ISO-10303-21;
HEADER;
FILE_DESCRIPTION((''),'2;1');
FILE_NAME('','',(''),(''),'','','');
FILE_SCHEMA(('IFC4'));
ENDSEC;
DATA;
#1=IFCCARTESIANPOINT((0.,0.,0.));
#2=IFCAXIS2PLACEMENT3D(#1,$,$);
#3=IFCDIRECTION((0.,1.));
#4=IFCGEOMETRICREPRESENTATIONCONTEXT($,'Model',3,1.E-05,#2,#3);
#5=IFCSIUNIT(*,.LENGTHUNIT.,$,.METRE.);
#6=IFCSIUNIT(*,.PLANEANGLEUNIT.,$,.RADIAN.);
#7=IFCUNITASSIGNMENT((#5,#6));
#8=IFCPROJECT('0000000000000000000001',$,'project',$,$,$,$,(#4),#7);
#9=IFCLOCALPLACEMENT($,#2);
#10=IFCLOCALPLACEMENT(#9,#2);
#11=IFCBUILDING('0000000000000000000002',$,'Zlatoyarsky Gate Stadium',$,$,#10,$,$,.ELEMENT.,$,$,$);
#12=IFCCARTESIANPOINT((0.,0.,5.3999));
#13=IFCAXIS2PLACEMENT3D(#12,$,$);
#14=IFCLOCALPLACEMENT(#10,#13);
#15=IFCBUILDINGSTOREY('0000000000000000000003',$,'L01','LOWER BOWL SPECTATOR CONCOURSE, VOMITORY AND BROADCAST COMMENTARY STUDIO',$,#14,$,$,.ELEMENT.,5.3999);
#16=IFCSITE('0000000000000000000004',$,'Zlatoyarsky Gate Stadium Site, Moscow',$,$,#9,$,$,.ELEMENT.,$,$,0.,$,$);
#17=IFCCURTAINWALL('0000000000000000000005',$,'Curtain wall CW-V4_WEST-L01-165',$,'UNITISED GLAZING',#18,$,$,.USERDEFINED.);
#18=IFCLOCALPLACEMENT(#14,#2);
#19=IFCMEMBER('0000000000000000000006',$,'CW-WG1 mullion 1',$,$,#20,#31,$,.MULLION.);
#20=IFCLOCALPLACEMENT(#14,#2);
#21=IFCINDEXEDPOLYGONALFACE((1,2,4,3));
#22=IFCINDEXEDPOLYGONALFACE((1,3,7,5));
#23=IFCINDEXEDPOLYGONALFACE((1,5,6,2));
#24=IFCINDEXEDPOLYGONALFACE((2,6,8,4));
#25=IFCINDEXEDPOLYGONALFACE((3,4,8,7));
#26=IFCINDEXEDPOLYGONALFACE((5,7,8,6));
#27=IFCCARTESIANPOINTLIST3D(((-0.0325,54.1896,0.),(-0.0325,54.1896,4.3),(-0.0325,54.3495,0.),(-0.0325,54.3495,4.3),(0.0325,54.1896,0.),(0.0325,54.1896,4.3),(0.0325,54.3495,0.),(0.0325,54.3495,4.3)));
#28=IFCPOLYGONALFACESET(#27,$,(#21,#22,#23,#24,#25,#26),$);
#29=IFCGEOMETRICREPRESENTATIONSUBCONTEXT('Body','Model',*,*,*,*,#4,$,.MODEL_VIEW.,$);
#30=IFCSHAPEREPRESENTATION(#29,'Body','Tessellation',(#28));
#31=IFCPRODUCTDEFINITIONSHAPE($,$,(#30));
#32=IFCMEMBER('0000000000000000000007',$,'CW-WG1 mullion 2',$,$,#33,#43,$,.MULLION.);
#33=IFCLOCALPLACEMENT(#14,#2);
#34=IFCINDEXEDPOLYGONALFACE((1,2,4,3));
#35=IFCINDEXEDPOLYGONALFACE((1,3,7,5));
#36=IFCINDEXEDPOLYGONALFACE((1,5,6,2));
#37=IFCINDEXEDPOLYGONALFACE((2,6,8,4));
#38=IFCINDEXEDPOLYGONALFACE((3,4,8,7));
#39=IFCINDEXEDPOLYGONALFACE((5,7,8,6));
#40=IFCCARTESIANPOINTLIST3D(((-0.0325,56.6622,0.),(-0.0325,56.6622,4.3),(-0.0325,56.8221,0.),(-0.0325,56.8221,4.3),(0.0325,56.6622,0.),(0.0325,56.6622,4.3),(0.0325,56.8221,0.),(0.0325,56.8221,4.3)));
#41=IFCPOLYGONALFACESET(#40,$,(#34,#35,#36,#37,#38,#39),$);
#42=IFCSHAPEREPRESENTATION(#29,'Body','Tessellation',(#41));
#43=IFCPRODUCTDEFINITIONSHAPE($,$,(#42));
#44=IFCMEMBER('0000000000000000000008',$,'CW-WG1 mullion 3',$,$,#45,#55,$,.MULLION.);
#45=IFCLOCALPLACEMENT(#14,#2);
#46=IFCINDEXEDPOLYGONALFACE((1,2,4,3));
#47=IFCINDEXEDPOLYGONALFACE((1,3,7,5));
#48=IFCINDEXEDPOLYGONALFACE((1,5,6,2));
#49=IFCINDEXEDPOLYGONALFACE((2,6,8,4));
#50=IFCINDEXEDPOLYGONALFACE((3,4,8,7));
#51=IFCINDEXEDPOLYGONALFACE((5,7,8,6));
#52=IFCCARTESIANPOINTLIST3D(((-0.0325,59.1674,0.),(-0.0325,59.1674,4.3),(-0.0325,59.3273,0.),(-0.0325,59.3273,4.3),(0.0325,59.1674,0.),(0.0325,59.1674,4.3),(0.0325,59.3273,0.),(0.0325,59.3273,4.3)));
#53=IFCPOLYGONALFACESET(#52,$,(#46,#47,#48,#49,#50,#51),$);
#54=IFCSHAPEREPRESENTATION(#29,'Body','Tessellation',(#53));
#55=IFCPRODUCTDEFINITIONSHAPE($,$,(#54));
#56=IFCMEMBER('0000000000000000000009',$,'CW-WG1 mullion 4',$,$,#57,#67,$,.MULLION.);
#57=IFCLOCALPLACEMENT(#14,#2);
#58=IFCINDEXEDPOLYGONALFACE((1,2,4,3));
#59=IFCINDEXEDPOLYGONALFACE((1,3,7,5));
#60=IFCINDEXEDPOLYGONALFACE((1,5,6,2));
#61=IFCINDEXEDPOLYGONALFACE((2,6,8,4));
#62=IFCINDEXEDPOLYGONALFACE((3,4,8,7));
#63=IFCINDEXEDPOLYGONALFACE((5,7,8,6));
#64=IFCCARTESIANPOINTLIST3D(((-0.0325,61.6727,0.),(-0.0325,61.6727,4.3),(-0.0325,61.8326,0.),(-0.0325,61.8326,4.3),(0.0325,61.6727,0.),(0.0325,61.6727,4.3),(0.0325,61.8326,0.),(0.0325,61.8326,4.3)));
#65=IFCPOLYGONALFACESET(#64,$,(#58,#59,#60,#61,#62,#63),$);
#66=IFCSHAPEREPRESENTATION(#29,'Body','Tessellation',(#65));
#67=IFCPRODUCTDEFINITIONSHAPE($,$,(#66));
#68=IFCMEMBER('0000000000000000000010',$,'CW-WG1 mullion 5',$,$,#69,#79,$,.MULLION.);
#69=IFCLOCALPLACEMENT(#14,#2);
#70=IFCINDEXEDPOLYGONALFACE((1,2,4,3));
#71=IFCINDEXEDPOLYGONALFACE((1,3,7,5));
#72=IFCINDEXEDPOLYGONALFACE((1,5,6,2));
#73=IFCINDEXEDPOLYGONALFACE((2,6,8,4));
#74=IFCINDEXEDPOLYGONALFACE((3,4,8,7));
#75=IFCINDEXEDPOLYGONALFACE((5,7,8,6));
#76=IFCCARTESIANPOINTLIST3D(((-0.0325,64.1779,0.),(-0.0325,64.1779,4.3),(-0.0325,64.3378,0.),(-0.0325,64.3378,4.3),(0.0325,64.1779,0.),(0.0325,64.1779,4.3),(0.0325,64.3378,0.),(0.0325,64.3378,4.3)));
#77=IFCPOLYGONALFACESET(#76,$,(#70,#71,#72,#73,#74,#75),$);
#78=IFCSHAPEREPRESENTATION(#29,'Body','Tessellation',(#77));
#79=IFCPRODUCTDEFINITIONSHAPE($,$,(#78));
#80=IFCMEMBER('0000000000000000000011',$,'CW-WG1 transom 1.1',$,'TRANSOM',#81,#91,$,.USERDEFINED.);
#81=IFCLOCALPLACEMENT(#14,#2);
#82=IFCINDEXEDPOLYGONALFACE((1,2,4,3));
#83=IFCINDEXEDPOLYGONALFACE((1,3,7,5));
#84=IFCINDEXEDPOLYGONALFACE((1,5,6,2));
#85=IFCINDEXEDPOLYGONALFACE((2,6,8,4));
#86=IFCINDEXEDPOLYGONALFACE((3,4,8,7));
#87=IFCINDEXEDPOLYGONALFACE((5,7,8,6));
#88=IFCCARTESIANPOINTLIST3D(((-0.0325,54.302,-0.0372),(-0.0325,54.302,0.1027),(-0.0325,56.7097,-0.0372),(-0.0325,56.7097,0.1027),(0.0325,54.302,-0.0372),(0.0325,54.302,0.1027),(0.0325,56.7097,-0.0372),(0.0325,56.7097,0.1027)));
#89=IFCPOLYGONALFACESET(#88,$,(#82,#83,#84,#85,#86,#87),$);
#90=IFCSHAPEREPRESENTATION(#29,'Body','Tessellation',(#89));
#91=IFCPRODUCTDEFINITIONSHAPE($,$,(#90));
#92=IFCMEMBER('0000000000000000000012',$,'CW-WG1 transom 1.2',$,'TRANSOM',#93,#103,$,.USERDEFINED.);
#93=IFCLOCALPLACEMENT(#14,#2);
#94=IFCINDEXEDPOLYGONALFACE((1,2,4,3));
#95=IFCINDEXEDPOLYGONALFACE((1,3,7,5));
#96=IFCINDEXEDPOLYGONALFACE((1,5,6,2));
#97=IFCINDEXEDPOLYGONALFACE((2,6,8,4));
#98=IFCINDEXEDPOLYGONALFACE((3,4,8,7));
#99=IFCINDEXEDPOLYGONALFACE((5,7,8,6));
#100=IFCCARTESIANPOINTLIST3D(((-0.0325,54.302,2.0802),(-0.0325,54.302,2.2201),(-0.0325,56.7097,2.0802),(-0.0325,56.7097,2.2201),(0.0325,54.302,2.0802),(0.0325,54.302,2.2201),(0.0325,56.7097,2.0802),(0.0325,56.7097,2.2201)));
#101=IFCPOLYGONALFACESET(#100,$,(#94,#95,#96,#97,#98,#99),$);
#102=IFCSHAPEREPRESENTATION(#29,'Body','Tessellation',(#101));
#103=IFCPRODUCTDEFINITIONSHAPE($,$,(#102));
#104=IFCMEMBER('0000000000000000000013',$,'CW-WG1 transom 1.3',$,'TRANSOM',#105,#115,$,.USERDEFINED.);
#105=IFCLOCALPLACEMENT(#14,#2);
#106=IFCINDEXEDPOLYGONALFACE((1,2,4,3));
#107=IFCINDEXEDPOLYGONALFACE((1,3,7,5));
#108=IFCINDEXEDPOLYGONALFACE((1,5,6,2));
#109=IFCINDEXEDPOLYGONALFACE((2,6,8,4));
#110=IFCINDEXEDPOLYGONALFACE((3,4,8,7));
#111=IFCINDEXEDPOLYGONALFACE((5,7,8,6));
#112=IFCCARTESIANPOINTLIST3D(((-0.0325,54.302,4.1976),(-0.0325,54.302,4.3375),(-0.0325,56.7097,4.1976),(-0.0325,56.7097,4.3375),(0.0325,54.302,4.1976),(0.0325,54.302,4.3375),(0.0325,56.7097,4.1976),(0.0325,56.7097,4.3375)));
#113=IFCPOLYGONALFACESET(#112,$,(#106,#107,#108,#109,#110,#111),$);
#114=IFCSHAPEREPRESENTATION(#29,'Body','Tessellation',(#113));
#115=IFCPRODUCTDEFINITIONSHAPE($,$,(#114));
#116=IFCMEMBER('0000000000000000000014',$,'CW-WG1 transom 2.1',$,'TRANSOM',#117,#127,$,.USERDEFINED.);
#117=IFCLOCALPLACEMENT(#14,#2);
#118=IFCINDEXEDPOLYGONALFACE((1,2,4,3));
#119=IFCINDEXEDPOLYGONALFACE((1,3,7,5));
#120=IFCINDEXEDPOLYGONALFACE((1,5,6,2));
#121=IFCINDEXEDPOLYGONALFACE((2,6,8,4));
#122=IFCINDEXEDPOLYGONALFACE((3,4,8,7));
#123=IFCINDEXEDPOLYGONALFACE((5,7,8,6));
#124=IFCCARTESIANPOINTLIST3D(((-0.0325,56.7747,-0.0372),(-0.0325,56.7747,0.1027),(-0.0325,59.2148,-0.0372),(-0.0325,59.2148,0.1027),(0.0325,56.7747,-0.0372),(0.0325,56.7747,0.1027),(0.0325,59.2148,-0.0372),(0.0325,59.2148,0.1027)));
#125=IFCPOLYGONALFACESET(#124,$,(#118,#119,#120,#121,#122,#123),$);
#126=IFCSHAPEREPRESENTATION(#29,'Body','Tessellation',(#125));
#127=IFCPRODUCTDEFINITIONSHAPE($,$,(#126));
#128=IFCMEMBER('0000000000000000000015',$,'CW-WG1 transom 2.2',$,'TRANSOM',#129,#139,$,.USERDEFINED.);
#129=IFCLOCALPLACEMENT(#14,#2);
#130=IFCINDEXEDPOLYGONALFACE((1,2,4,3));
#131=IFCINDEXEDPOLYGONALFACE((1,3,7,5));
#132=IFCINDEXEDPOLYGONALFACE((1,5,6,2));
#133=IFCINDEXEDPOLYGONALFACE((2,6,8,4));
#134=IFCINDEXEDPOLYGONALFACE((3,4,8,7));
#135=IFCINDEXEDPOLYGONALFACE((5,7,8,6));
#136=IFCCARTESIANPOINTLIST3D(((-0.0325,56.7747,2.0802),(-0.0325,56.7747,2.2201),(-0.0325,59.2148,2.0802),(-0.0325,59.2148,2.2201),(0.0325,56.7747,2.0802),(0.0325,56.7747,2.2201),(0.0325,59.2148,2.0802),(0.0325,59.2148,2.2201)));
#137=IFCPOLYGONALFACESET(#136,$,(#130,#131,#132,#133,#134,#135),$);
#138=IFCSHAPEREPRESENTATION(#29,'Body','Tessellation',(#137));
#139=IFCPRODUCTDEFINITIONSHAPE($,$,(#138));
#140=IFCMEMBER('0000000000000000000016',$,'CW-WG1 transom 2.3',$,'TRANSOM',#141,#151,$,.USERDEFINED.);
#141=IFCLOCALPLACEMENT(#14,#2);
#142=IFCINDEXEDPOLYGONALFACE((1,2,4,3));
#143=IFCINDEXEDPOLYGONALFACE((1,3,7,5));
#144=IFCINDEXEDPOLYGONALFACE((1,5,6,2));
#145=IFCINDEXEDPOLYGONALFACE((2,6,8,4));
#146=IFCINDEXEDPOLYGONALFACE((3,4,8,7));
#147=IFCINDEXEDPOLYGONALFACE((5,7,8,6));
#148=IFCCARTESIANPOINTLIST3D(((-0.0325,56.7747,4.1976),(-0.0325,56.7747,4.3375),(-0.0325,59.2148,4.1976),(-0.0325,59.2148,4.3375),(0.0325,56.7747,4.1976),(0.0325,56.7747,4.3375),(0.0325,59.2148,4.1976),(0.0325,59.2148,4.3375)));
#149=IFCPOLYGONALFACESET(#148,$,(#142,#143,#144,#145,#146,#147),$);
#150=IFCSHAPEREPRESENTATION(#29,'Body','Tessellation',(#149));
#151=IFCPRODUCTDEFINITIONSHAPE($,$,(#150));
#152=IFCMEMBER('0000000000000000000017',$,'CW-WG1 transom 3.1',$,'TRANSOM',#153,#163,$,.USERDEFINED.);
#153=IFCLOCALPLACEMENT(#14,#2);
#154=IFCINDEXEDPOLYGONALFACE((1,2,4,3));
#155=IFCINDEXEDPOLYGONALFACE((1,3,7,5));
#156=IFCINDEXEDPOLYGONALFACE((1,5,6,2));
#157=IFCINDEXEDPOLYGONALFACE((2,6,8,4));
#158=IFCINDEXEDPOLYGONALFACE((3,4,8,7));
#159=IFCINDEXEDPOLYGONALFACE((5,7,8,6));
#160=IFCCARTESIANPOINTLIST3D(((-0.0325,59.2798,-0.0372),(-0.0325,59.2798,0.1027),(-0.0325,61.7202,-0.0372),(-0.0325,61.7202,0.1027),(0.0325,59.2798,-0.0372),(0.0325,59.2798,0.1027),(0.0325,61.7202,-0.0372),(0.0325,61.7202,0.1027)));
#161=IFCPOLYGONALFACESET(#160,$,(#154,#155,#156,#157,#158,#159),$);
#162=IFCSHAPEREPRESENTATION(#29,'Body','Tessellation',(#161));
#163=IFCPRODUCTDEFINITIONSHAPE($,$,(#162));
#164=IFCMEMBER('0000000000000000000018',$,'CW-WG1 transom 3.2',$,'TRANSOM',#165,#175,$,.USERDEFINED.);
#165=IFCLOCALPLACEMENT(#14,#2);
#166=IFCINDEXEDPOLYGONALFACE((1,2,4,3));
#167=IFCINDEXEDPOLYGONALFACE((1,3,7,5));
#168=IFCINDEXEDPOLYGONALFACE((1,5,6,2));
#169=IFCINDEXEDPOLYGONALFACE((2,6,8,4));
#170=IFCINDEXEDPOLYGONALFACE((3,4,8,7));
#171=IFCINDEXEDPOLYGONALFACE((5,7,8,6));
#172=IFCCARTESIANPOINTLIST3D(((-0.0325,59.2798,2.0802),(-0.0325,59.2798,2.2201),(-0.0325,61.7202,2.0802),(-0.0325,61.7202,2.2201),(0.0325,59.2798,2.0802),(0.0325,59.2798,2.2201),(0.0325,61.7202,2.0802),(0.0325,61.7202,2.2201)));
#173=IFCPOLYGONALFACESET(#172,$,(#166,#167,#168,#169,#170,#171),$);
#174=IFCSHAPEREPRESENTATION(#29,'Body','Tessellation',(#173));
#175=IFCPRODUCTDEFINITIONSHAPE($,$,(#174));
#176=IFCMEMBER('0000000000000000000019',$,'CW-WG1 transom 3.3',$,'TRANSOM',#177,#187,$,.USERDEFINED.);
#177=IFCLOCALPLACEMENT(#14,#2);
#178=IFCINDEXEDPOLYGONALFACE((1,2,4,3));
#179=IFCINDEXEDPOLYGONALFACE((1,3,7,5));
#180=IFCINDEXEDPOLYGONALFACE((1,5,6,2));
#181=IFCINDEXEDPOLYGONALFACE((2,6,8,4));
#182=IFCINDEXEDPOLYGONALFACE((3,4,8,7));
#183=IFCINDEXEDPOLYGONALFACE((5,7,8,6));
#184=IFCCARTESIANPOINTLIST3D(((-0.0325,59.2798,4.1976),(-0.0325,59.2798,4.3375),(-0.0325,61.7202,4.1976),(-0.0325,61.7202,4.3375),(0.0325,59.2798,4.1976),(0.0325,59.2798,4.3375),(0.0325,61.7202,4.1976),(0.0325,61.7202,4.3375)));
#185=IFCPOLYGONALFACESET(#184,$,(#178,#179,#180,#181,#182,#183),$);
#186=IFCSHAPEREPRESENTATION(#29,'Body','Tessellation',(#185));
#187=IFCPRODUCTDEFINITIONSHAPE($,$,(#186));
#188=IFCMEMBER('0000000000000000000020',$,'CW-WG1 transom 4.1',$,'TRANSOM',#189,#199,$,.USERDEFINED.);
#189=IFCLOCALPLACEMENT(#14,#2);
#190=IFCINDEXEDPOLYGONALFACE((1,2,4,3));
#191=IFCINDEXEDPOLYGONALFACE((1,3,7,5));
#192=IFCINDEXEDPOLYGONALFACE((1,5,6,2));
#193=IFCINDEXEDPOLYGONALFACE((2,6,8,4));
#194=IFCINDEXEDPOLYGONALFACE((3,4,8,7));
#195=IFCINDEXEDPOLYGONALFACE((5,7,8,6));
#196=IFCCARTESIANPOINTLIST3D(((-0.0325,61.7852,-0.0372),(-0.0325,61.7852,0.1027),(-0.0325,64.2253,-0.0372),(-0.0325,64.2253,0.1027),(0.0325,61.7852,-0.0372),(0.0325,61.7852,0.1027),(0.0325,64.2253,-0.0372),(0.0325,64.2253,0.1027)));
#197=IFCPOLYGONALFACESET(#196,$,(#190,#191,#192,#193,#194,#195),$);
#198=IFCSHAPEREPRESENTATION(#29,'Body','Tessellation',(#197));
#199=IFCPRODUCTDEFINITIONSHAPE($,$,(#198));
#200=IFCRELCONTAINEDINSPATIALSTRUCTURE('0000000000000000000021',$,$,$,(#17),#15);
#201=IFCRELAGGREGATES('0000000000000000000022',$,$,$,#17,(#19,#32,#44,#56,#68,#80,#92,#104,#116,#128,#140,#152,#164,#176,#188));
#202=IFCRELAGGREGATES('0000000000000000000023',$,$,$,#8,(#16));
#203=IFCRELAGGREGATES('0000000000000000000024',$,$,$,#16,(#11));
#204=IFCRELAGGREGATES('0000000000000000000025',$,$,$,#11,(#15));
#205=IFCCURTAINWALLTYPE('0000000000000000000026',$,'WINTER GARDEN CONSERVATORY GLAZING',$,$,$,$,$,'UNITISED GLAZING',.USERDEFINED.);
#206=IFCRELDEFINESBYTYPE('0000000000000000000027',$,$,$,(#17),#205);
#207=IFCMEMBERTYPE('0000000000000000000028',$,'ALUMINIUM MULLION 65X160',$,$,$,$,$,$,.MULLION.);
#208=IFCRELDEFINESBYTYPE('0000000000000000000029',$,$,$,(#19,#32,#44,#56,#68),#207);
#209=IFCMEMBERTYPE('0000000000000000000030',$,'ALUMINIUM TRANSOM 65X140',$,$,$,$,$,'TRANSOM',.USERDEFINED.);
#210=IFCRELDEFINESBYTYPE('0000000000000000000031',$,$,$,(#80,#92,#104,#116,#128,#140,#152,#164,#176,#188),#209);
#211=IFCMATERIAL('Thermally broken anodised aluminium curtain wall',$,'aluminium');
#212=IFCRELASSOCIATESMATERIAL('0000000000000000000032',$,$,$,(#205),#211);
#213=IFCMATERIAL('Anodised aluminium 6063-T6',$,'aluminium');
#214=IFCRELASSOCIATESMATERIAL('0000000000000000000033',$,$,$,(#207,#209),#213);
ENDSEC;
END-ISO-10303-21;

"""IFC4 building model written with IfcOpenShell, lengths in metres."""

from ifc_helpers import new_model, si_unit, direction, frame, origin, origin_2d, place, context, subcontext, project, spatial, rectangle, extrude, material, material_profile, profile_set, type_object, element, aggregate, save


model = new_model("IFC4")

# Units and contexts
model_context = context("Model", 3, precision=1e-05, world=origin(), true_north=direction((0.0, 1.0)))
body_context = subcontext(model_context, "Body", "Model", "MODEL_VIEW")
ifc_project = project(units=[si_unit("LENGTHUNIT", "METRE"), si_unit("PLANEANGLEUNIT", "RADIAN")], contexts=[model_context])

# Site, building, storey
site_placement = place(None, origin())
site = spatial("IfcSite", under=ifc_project, at=site_placement, Name="Zlatoyarsky Gate Stadium Site, Moscow", CompositionType="ELEMENT", RefElevation=0.0)
building_placement = place(site_placement, origin())
building = spatial("IfcBuilding", under=site, at=building_placement, Name="Zlatoyarsky Gate Stadium", CompositionType="ELEMENT")
storey_placement = place(building_placement, frame((0.0, 0.0, 5.3999)))
storey = spatial("IfcBuildingStorey", under=building, at=storey_placement, Name="L01", Description="LOWER BOWL SPECTATOR CONCOURSE, VOMITORY AND BROADCAST COMMENTARY STUDIO", CompositionType="ELEMENT", Elevation=5.3999)

# Curtain wall, members
ifc_material_1 = material(Name="Thermally broken anodised aluminium curtain wall", Category="aluminium")
curtain_wall_type = type_object("IfcCurtainWallType", Name="WINTER GARDEN CONSERVATORY GLAZING", ElementType="UNITISED GLAZING", PredefinedType="USERDEFINED", material=ifc_material_1)
curtain_wall_placement = place(storey_placement, origin())
curtain_wall = element("IfcCurtainWall", 1, at=curtain_wall_placement, inside=storey, type_object=curtain_wall_type, Name="Curtain wall CW-V4_WEST-L01-165", ObjectType="UNITISED GLAZING", PredefinedType="USERDEFINED")
ifc_material_2 = material(Name="Anodised aluminium 6063-T6", Category="aluminium")
ifc_material_profile_1 = material_profile(ifc_material_2, rectangle(XDim=0.0649, YDim=0.1599, at=origin_2d()), Name="ALU 65X160")
ifc_profile_set_1 = profile_set([ifc_material_profile_1], Name="Anodised aluminium 6063-T6")
member_type_1 = type_object("IfcMemberType", Name="ALUMINIUM MULLION 65X160", PredefinedType="MULLION", material=ifc_profile_set_1)
member_1_placement = place(storey_placement, frame((0.0, 54.2695, 0.0), z_axis=(0.0, 0.0, 1.0), x_axis=(-1.0, 0.0, 0.0)))
member_1 = element("IfcMember", 2, at=member_1_placement, type_object=member_type_1, Name="CW-WG1 mullion 1", PredefinedType="MULLION", context=body_context, shape_type="SweptSolid", body=[
    extrude(rectangle(XDim=0.0649, YDim=0.1599, at=origin_2d()), origin(), (0.0, 0.0, 1.0), 4.3),
])
member_2_placement = place(storey_placement, frame((0.0, 56.7422, 0.0), z_axis=(0.0, 0.0, 1.0), x_axis=(-1.0, 0.0, 0.0)))
member_2 = element("IfcMember", 3, at=member_2_placement, type_object=member_type_1, Name="CW-WG1 mullion 2", PredefinedType="MULLION", context=body_context, shape_type="SweptSolid", body=[
    extrude(rectangle(XDim=0.0649, YDim=0.1599, at=origin_2d()), origin(), (0.0, 0.0, 1.0), 4.3),
])
member_3_placement = place(storey_placement, frame((0.0, 59.2473, 0.0), z_axis=(0.0, 0.0, 1.0), x_axis=(-1.0, 0.0, 0.0)))
member_3 = element("IfcMember", 4, at=member_3_placement, type_object=member_type_1, Name="CW-WG1 mullion 3", PredefinedType="MULLION", context=body_context, shape_type="SweptSolid", body=[
    extrude(rectangle(XDim=0.0649, YDim=0.1599, at=origin_2d()), origin(), (0.0, 0.0, 1.0), 4.3),
])
member_4_placement = place(storey_placement, frame((0.0, 61.7527, 0.0), z_axis=(0.0, 0.0, 1.0), x_axis=(-1.0, 0.0, 0.0)))
member_4 = element("IfcMember", 5, at=member_4_placement, type_object=member_type_1, Name="CW-WG1 mullion 4", PredefinedType="MULLION", context=body_context, shape_type="SweptSolid", body=[
    extrude(rectangle(XDim=0.0649, YDim=0.1599, at=origin_2d()), origin(), (0.0, 0.0, 1.0), 4.3),
])
member_5_placement = place(storey_placement, frame((0.0, 64.2578, 0.0), z_axis=(0.0, 0.0, 1.0), x_axis=(-1.0, 0.0, 0.0)))
member_5 = element("IfcMember", 6, at=member_5_placement, type_object=member_type_1, Name="CW-WG1 mullion 5", PredefinedType="MULLION", context=body_context, shape_type="SweptSolid", body=[
    extrude(rectangle(XDim=0.0649, YDim=0.1599, at=origin_2d()), origin(), (0.0, 0.0, 1.0), 4.3),
])
ifc_material_profile_2 = material_profile(ifc_material_2, rectangle(XDim=0.0649, YDim=0.1399, at=origin_2d()), Name="ALU 65X140")
ifc_profile_set_2 = profile_set([ifc_material_profile_2], Name="Anodised aluminium 6063-T6")
member_type_2 = type_object("IfcMemberType", Name="ALUMINIUM TRANSOM 65X140", ElementType="TRANSOM", PredefinedType="USERDEFINED", material=ifc_profile_set_2)
member_6_placement = place(storey_placement, frame((0.0, 54.302, 0.0327), z_axis=(0.0, 1.0, 0.0), x_axis=(-1.0, 0.0, 0.0)))
member_6 = element("IfcMember", 7, at=member_6_placement, type_object=member_type_2, Name="CW-WG1 transom 1.1", ObjectType="TRANSOM", PredefinedType="USERDEFINED", context=body_context, shape_type="SweptSolid", body=[
    extrude(rectangle(XDim=0.0649, YDim=0.1399, at=origin_2d()), origin(), (0.0, 0.0, 1.0), 2.4077),
])
member_7_placement = place(storey_placement, frame((0.0, 54.302, 2.1501), z_axis=(0.0, 1.0, 0.0), x_axis=(-1.0, 0.0, 0.0)))
member_7 = element("IfcMember", 8, at=member_7_placement, type_object=member_type_2, Name="CW-WG1 transom 1.2", ObjectType="TRANSOM", PredefinedType="USERDEFINED", context=body_context, shape_type="SweptSolid", body=[
    extrude(rectangle(XDim=0.0649, YDim=0.1399, at=origin_2d()), origin(), (0.0, 0.0, 1.0), 2.4077),
])
member_8_placement = place(storey_placement, frame((0.0, 54.302, 4.2676), z_axis=(0.0, 1.0, 0.0), x_axis=(-1.0, 0.0, 0.0)))
member_8 = element("IfcMember", 9, at=member_8_placement, type_object=member_type_2, Name="CW-WG1 transom 1.3", ObjectType="TRANSOM", PredefinedType="USERDEFINED", context=body_context, shape_type="SweptSolid", body=[
    extrude(rectangle(XDim=0.0649, YDim=0.1399, at=origin_2d()), origin(), (0.0, 0.0, 1.0), 2.4077),
])
member_9_placement = place(storey_placement, frame((0.0, 56.7747, 0.0327), z_axis=(0.0, 1.0, 0.0), x_axis=(-1.0, 0.0, 0.0)))
member_9 = element("IfcMember", 10, at=member_9_placement, type_object=member_type_2, Name="CW-WG1 transom 2.1", ObjectType="TRANSOM", PredefinedType="USERDEFINED", context=body_context, shape_type="SweptSolid", body=[
    extrude(rectangle(XDim=0.0649, YDim=0.1399, at=origin_2d()), origin(), (0.0, 0.0, 1.0), 2.4402),
])
member_10_placement = place(storey_placement, frame((0.0, 56.7747, 2.1501), z_axis=(0.0, 1.0, 0.0), x_axis=(-1.0, 0.0, 0.0)))
member_10 = element("IfcMember", 11, at=member_10_placement, type_object=member_type_2, Name="CW-WG1 transom 2.2", ObjectType="TRANSOM", PredefinedType="USERDEFINED", context=body_context, shape_type="SweptSolid", body=[
    extrude(rectangle(XDim=0.0649, YDim=0.1399, at=origin_2d()), origin(), (0.0, 0.0, 1.0), 2.4402),
])
member_11_placement = place(storey_placement, frame((0.0, 56.7747, 4.2676), z_axis=(0.0, 1.0, 0.0), x_axis=(-1.0, 0.0, 0.0)))
member_11 = element("IfcMember", 12, at=member_11_placement, type_object=member_type_2, Name="CW-WG1 transom 2.3", ObjectType="TRANSOM", PredefinedType="USERDEFINED", context=body_context, shape_type="SweptSolid", body=[
    extrude(rectangle(XDim=0.0649, YDim=0.1399, at=origin_2d()), origin(), (0.0, 0.0, 1.0), 2.4402),
])
member_12_placement = place(storey_placement, frame((0.0, 59.2798, 0.0327), z_axis=(0.0, 1.0, 0.0), x_axis=(-1.0, 0.0, 0.0)))
member_12 = element("IfcMember", 13, at=member_12_placement, type_object=member_type_2, Name="CW-WG1 transom 3.1", ObjectType="TRANSOM", PredefinedType="USERDEFINED", context=body_context, shape_type="SweptSolid", body=[
    extrude(rectangle(XDim=0.0649, YDim=0.1399, at=origin_2d()), origin(), (0.0, 0.0, 1.0), 2.4404),
])
member_13_placement = place(storey_placement, frame((0.0, 59.2798, 2.1501), z_axis=(0.0, 1.0, 0.0), x_axis=(-1.0, 0.0, 0.0)))
member_13 = element("IfcMember", 14, at=member_13_placement, type_object=member_type_2, Name="CW-WG1 transom 3.2", ObjectType="TRANSOM", PredefinedType="USERDEFINED", context=body_context, shape_type="SweptSolid", body=[
    extrude(rectangle(XDim=0.0649, YDim=0.1399, at=origin_2d()), origin(), (0.0, 0.0, 1.0), 2.4404),
])
member_14_placement = place(storey_placement, frame((0.0, 59.2798, 4.2676), z_axis=(0.0, 1.0, 0.0), x_axis=(-1.0, 0.0, 0.0)))
member_14 = element("IfcMember", 15, at=member_14_placement, type_object=member_type_2, Name="CW-WG1 transom 3.3", ObjectType="TRANSOM", PredefinedType="USERDEFINED", context=body_context, shape_type="SweptSolid", body=[
    extrude(rectangle(XDim=0.0649, YDim=0.1399, at=origin_2d()), origin(), (0.0, 0.0, 1.0), 2.4404),
])
member_15_placement = place(storey_placement, frame((0.0, 61.7852, 0.0327), z_axis=(0.0, 1.0, 0.0), x_axis=(-1.0, 0.0, 0.0)))
member_15 = element("IfcMember", 16, at=member_15_placement, type_object=member_type_2, Name="CW-WG1 transom 4.1", ObjectType="TRANSOM", PredefinedType="USERDEFINED", context=body_context, shape_type="SweptSolid", body=[
    extrude(rectangle(XDim=0.0649, YDim=0.1399, at=origin_2d()), origin(), (0.0, 0.0, 1.0), 2.4402),
])

aggregate(curtain_wall, [member_1, member_2, member_3, member_4, member_5, member_6, member_7, member_8, member_9, member_10, member_11, member_12, member_13, member_14, member_15])

save(model, "model.ifc")
